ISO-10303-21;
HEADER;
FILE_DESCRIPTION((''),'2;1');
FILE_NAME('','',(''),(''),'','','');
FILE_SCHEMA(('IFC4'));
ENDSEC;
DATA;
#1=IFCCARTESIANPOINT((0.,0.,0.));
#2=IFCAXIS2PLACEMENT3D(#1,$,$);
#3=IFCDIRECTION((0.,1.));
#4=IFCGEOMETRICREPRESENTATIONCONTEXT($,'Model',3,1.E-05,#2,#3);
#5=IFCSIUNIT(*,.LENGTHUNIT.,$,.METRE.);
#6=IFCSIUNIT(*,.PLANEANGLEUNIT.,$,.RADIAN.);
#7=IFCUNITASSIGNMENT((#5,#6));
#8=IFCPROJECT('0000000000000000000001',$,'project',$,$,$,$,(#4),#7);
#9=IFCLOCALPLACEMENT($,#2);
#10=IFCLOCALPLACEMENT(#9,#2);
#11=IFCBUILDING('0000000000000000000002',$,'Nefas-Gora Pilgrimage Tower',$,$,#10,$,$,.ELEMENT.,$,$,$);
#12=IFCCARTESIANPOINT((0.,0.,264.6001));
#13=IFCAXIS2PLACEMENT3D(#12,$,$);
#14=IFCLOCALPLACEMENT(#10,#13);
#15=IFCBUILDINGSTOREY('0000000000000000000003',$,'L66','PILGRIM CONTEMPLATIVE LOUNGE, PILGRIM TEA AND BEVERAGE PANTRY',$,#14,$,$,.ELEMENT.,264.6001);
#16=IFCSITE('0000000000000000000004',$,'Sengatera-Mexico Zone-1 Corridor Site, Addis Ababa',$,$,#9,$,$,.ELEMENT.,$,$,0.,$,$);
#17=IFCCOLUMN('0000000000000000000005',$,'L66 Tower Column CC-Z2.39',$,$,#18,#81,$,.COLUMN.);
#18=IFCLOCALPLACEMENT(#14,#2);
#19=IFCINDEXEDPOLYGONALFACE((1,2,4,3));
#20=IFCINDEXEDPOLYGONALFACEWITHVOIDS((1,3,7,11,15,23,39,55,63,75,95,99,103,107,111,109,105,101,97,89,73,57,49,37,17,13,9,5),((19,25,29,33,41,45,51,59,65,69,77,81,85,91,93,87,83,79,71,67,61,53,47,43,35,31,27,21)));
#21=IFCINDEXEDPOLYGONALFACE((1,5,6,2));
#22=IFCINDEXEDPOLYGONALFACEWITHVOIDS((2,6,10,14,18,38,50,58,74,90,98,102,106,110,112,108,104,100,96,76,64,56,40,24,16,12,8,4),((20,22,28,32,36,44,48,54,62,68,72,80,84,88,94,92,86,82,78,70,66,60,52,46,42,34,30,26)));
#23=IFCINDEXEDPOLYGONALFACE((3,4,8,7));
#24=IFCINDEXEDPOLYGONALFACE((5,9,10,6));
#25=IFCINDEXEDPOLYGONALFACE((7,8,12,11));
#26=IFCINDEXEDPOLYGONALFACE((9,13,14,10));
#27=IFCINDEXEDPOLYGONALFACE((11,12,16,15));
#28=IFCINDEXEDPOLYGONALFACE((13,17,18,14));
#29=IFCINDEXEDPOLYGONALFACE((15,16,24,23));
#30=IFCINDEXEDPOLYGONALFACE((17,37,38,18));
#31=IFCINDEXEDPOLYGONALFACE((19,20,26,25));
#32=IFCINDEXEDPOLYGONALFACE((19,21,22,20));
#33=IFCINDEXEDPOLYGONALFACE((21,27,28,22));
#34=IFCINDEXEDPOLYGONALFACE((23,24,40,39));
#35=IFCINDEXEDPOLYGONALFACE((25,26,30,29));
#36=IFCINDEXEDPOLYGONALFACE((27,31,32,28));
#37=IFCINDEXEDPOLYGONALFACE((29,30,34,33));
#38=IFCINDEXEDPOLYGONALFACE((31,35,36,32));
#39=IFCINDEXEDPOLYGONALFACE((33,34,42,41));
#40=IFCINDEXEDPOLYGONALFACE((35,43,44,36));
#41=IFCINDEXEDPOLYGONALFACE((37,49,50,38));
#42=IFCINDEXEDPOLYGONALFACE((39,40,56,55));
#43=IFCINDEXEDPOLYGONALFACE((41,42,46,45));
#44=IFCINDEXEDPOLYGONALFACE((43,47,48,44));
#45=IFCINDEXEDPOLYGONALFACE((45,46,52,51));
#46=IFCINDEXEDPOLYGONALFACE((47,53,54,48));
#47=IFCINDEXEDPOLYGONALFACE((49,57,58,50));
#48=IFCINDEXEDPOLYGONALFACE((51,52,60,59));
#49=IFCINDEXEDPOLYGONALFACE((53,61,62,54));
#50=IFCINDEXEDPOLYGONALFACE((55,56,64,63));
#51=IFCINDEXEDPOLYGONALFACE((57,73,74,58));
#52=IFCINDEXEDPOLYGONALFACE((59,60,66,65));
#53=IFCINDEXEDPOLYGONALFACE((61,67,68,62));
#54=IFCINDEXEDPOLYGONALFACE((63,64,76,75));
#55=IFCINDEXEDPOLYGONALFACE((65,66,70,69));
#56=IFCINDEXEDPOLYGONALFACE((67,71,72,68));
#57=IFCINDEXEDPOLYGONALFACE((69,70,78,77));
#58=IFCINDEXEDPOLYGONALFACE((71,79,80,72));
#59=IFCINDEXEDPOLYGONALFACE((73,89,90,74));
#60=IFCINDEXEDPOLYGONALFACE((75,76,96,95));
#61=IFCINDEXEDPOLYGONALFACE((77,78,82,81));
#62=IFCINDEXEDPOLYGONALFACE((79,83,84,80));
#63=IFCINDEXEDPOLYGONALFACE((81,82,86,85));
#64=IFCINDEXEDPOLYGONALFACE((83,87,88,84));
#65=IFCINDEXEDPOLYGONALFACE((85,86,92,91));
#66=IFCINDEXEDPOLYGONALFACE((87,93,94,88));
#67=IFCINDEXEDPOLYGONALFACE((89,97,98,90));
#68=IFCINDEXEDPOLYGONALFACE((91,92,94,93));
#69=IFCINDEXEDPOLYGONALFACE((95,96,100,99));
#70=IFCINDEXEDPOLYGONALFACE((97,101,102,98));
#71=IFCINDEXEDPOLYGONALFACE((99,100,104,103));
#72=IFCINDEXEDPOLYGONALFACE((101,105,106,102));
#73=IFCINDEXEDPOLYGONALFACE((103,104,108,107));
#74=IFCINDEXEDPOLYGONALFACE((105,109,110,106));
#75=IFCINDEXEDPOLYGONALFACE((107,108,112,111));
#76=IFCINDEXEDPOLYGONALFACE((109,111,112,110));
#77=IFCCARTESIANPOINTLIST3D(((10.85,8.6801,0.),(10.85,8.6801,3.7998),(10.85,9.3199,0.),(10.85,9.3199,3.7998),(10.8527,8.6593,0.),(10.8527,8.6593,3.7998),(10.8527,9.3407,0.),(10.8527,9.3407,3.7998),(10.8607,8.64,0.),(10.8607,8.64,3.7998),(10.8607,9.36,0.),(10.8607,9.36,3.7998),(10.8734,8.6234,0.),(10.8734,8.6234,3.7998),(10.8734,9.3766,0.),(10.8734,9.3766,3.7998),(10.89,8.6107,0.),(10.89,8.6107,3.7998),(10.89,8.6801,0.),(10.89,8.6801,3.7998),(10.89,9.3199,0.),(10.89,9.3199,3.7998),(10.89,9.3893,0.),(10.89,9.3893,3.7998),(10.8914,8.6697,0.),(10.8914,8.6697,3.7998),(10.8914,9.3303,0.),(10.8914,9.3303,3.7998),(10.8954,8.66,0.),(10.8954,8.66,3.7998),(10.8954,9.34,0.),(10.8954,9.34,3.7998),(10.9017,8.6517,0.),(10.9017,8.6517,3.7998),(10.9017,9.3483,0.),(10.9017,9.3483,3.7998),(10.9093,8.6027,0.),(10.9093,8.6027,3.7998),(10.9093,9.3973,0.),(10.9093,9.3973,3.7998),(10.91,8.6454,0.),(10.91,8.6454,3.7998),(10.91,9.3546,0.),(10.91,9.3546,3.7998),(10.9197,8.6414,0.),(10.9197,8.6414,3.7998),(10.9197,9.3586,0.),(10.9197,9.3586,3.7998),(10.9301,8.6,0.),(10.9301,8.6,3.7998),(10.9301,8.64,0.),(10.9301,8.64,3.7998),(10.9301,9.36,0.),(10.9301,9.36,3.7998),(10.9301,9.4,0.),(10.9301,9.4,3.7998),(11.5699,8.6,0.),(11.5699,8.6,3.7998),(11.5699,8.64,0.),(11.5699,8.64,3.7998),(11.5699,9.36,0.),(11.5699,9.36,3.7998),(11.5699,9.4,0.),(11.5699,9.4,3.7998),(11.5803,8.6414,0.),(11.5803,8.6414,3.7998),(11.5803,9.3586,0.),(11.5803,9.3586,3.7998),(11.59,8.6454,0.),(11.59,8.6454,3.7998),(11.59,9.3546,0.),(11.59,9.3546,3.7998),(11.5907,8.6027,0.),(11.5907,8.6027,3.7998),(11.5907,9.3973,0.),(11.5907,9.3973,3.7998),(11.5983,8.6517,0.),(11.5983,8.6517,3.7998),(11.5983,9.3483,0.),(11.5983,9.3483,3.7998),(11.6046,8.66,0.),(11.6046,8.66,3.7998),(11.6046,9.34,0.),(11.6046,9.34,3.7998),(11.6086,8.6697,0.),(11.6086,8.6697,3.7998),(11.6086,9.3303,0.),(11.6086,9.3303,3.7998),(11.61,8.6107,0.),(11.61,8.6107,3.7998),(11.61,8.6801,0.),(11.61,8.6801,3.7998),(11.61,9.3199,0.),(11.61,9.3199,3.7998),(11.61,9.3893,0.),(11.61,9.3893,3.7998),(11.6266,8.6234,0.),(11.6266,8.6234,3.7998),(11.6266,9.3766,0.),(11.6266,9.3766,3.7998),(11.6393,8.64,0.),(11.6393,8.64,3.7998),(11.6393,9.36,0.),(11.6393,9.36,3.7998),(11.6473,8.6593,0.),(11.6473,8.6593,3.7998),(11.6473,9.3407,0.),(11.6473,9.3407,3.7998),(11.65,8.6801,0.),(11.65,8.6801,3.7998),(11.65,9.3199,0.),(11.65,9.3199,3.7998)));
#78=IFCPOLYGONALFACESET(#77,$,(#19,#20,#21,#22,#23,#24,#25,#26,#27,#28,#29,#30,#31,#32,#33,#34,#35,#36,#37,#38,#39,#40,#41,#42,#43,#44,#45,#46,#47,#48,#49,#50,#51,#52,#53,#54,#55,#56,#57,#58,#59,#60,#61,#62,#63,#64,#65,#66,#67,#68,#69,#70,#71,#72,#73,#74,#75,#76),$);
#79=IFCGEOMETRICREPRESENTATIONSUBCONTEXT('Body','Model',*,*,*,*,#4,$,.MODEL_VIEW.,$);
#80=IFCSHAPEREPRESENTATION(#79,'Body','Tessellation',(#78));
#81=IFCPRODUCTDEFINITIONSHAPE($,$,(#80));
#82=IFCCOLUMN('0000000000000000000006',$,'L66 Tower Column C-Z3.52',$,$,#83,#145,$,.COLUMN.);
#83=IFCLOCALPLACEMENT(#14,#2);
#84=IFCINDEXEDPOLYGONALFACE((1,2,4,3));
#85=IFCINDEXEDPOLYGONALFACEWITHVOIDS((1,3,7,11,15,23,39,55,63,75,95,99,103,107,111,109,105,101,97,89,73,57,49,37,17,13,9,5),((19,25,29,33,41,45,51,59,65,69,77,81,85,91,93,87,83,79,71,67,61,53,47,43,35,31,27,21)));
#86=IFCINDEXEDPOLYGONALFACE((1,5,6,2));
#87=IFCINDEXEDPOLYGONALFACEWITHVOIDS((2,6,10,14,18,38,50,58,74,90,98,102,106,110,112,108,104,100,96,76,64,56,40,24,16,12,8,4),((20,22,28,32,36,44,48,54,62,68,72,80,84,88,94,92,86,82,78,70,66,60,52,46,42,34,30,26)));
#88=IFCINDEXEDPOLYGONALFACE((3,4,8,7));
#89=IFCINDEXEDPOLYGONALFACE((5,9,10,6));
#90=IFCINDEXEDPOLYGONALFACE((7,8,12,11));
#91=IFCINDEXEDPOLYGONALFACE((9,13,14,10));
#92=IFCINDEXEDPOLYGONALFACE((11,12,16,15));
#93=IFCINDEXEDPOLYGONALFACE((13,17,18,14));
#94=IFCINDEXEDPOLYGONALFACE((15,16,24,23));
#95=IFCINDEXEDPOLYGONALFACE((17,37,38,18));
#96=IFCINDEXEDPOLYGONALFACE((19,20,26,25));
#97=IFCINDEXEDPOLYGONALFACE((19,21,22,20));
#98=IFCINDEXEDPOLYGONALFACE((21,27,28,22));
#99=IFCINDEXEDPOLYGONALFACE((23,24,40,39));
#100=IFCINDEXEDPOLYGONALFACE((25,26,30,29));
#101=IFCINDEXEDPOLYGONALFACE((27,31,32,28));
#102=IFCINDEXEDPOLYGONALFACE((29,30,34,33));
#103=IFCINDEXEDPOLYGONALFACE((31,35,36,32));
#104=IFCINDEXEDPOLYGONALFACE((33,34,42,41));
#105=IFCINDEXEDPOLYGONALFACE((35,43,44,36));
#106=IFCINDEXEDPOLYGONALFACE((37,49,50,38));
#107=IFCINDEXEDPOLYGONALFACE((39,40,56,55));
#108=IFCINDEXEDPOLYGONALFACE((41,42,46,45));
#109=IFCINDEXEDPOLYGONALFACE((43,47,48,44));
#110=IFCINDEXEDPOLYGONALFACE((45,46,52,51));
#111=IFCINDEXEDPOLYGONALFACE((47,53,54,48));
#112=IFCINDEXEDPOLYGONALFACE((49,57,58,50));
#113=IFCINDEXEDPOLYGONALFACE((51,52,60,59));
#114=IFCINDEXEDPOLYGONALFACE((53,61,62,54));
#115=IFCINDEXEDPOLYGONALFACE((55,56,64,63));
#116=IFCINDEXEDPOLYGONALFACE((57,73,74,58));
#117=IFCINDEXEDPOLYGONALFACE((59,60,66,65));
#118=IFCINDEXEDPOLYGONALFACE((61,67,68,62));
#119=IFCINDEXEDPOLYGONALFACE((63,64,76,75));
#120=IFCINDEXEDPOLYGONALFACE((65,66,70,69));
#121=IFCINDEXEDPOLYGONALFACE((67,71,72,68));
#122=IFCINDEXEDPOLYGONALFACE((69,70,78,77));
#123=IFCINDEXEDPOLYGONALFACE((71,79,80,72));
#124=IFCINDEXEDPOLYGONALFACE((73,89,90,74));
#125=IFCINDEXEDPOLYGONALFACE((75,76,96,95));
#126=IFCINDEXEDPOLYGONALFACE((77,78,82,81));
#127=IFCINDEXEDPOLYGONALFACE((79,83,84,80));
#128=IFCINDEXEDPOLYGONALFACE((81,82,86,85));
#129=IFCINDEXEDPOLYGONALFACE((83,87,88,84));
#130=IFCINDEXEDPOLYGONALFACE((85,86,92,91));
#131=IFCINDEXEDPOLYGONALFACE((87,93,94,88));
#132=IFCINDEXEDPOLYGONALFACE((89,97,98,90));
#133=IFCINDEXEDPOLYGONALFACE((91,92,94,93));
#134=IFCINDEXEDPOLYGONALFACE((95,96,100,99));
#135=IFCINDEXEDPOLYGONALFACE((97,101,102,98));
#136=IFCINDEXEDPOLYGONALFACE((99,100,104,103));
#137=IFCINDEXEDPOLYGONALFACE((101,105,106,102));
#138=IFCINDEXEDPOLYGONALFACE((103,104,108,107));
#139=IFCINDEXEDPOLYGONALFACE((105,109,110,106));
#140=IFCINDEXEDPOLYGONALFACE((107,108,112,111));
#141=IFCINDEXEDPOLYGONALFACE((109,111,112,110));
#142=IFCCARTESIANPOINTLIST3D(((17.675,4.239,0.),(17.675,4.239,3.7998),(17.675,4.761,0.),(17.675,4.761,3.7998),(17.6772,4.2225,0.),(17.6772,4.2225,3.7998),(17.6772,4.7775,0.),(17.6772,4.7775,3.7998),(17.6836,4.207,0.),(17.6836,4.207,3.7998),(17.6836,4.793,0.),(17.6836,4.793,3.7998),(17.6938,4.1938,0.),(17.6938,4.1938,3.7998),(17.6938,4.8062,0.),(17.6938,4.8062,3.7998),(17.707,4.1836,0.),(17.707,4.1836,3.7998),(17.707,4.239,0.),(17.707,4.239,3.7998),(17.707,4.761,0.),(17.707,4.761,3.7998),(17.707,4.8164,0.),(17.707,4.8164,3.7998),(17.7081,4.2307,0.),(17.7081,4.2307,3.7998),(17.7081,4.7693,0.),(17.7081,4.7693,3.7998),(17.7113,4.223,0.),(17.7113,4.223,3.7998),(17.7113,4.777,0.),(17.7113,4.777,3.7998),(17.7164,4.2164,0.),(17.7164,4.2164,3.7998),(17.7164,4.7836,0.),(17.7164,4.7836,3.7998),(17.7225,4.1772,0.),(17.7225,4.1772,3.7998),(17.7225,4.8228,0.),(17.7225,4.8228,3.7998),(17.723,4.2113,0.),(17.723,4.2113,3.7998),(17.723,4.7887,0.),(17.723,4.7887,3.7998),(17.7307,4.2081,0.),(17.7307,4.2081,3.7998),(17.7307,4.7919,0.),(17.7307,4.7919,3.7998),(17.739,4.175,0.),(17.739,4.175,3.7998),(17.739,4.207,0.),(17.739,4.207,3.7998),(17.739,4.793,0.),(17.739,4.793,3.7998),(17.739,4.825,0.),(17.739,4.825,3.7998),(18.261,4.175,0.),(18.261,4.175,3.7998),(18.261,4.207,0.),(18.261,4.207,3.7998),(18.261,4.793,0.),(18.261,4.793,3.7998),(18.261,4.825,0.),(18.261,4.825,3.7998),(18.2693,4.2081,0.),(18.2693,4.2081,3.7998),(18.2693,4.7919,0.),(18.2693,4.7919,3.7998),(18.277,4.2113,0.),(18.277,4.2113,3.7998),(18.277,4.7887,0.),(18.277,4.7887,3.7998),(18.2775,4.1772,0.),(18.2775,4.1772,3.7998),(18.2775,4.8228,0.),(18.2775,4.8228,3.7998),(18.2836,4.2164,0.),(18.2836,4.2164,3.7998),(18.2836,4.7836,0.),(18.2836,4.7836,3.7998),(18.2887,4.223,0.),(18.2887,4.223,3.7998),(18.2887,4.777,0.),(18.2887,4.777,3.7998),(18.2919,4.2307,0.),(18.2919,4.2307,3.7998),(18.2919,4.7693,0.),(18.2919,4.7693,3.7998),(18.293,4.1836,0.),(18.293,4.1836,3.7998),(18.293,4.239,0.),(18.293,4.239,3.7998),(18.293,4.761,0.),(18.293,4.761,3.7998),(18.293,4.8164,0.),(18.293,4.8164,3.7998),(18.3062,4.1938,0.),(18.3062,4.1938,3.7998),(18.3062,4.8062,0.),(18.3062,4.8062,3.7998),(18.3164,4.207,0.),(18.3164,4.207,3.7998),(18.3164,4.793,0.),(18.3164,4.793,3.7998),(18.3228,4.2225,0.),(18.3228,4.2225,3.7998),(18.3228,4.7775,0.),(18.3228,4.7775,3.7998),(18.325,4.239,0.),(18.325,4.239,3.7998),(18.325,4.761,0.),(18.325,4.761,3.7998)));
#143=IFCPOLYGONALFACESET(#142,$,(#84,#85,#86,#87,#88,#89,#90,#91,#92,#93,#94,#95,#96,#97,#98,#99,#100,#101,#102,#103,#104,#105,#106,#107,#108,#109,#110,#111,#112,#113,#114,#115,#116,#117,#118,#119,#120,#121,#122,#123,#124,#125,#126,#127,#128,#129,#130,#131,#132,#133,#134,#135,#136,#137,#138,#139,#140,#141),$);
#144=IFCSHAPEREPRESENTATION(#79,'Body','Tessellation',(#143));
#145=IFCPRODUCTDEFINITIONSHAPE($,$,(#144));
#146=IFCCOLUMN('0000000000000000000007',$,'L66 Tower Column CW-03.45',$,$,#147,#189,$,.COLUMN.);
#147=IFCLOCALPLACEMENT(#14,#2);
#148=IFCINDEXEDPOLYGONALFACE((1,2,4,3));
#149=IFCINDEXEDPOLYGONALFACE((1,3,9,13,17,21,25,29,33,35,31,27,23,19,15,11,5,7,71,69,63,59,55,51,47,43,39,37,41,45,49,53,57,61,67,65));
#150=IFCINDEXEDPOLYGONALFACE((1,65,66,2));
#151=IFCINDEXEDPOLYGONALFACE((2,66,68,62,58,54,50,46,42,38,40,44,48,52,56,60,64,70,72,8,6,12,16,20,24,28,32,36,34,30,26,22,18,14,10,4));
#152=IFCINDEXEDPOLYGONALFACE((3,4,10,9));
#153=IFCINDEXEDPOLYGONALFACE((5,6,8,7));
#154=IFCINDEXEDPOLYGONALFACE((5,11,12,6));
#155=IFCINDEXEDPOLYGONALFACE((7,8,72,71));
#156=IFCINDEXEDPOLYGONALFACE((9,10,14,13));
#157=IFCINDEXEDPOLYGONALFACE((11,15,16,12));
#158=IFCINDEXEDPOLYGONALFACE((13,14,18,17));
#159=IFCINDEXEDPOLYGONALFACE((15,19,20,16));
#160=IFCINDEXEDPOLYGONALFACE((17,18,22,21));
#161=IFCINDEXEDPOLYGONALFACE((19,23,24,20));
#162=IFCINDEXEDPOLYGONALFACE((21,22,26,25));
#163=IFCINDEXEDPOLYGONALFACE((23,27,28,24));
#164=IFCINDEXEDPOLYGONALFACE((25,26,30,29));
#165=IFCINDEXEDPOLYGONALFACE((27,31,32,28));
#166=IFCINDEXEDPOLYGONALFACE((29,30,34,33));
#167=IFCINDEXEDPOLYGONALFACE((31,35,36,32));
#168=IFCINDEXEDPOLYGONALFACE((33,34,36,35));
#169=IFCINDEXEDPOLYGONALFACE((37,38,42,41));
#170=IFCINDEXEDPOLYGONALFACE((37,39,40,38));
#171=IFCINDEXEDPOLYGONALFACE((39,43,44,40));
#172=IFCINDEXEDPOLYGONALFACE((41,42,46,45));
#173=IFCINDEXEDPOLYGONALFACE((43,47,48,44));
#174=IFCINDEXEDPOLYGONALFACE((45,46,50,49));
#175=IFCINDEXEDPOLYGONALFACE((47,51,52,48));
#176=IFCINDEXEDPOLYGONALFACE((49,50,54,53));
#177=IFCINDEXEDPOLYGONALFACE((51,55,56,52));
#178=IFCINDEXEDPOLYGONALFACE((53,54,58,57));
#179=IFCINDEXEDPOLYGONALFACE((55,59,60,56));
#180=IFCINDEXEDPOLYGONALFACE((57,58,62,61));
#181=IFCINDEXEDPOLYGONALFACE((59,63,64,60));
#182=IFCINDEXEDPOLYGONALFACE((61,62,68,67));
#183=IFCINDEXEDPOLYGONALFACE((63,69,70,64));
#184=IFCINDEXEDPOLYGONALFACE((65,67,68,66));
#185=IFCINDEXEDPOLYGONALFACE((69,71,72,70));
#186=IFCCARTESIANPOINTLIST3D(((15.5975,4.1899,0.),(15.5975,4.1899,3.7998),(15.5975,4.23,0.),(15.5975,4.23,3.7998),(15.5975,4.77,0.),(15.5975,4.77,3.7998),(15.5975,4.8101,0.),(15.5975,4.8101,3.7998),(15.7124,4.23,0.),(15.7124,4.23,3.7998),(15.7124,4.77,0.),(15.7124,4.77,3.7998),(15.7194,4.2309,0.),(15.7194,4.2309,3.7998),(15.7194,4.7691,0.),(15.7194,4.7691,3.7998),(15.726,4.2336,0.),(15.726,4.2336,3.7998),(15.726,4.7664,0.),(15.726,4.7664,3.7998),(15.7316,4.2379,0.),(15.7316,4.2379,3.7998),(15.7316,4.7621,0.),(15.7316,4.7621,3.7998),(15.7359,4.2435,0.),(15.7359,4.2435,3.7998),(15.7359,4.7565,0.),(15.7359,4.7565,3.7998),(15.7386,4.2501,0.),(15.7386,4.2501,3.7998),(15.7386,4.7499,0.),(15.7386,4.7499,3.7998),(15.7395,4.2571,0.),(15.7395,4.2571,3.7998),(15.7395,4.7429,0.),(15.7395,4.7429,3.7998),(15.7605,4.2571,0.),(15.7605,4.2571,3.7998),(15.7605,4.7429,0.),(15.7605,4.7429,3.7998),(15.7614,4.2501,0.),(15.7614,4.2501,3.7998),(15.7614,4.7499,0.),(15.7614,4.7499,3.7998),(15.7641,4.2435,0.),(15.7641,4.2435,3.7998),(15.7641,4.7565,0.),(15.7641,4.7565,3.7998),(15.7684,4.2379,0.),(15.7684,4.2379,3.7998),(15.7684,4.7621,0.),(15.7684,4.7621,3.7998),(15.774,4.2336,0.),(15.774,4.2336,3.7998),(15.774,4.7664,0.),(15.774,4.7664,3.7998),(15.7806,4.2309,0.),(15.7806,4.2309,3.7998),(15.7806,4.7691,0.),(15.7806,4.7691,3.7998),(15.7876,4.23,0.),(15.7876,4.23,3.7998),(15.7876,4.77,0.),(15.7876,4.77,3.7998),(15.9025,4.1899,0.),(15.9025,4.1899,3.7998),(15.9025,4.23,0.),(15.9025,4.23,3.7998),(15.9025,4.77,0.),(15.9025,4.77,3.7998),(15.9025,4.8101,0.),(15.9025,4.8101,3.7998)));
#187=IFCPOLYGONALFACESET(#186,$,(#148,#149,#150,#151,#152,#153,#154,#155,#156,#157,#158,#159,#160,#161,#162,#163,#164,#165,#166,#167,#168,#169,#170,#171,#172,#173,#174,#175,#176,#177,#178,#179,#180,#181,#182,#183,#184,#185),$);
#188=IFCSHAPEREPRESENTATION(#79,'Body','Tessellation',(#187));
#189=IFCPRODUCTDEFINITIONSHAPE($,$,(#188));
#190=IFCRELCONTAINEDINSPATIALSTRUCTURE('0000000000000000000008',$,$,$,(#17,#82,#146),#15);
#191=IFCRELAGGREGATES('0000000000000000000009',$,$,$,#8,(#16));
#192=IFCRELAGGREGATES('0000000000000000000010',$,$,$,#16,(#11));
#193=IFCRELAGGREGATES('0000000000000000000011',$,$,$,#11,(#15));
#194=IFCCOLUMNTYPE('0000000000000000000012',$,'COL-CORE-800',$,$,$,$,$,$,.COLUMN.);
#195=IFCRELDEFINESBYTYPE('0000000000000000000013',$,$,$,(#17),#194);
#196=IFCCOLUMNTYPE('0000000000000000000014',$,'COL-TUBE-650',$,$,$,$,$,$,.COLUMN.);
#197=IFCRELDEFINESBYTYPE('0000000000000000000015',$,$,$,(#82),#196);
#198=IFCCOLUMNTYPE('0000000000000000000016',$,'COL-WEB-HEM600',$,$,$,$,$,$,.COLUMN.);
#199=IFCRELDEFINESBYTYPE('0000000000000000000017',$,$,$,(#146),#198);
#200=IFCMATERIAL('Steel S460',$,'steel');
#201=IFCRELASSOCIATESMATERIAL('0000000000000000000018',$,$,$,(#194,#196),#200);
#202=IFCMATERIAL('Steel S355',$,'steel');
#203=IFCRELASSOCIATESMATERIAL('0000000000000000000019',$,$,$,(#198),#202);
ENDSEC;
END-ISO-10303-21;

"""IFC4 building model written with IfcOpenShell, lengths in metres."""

from ifc_helpers import new_model, si_unit, direction, frame, origin, origin_2d, place, context, subcontext, project, spatial, hollow_rectangle, i_section, extrude, source, transform, mapped, material, material_profile, profile_set, type_object, element, save


model = new_model("IFC4")

# Units and contexts
model_context = context("Model", 3, precision=1e-05, world=origin(), true_north=direction((0.0, 1.0)))
body_context = subcontext(model_context, "Body", "Model", "MODEL_VIEW")
ifc_project = project(units=[si_unit("LENGTHUNIT", "METRE"), si_unit("PLANEANGLEUNIT", "RADIAN")], contexts=[model_context])

# Site, building, storey
site_placement = place(None, origin())
site = spatial("IfcSite", under=ifc_project, at=site_placement, Name="Sengatera-Mexico Zone-1 Corridor Site, Addis Ababa", CompositionType="ELEMENT", RefElevation=0.0)
building_placement = place(site_placement, origin())
building = spatial("IfcBuilding", under=site, at=building_placement, Name="Nefas-Gora Pilgrimage Tower", CompositionType="ELEMENT")
storey_placement = place(building_placement, frame((0.0, 0.0, 264.6001)))
storey = spatial("IfcBuildingStorey", under=building, at=storey_placement, Name="L66", Description="PILGRIM CONTEMPLATIVE LOUNGE, PILGRIM TEA AND BEVERAGE PANTRY", CompositionType="ELEMENT", Elevation=264.6001)

# Columns
ifc_material_1 = material(Name="Steel S460", Category="steel")
ifc_material_profile_1 = material_profile(ifc_material_1, hollow_rectangle(XDim=0.8, YDim=0.8, WallThickness=0.04, InnerFilletRadius=0.04, OuterFilletRadius=0.0801, at=origin_2d()), Name="BOX 800x800x40")
ifc_profile_set_1 = profile_set([ifc_material_profile_1], Name="Steel S460")
column_type_1 = type_object("IfcColumnType", Name="COL-CORE-800", PredefinedType="COLUMN", material=ifc_profile_set_1)
shared_shape_1 = source(origin(), body_context, "Body", "SweptSolid", [
    extrude(hollow_rectangle(XDim=0.8, YDim=0.8, WallThickness=0.04, InnerFilletRadius=0.04, OuterFilletRadius=0.0801, at=origin_2d()), origin(), (0.0, 0.0, 1.0), 3.7998),
])
column_1_placement = place(storey_placement, frame((11.25, 9.0, 0.0), z_axis=(0.0, 0.0, 1.0), x_axis=(1.0, 0.0, 0.0)))
element("IfcColumn", 1, at=column_1_placement, inside=storey, type_object=column_type_1, Name="L66 Tower Column CC-Z2.39", PredefinedType="COLUMN", context=body_context, shape_type="MappedRepresentation", body=[
    mapped(shared_shape_1, transform((0.0, 0.0, 0.0), x_axis=(1.0, 0.0, 0.0), y_axis=(0.0, 1.0, 0.0), z_axis=(0.0, 0.0, 1.0), scale=1.0)),
])
ifc_material_profile_2 = material_profile(ifc_material_1, hollow_rectangle(XDim=0.6499, YDim=0.6499, WallThickness=0.032, InnerFilletRadius=0.032, OuterFilletRadius=0.064, at=origin_2d()), Name="BOX 650x650x32")
ifc_profile_set_2 = profile_set([ifc_material_profile_2], Name="Steel S460")
column_type_2 = type_object("IfcColumnType", Name="COL-TUBE-650", PredefinedType="COLUMN", material=ifc_profile_set_2)
shared_shape_2 = source(origin(), body_context, "Body", "SweptSolid", [
    extrude(hollow_rectangle(XDim=0.6499, YDim=0.6499, WallThickness=0.032, InnerFilletRadius=0.032, OuterFilletRadius=0.064, at=origin_2d()), origin(), (0.0, 0.0, 1.0), 3.7998),
])
column_2_placement = place(storey_placement, frame((18.0, 4.5, 0.0), z_axis=(0.0, 0.0, 1.0), x_axis=(1.0, 0.0, 0.0)))
element("IfcColumn", 2, at=column_2_placement, inside=storey, type_object=column_type_2, Name="L66 Tower Column C-Z3.52", PredefinedType="COLUMN", context=body_context, shape_type="MappedRepresentation", body=[
    mapped(shared_shape_2, transform((0.0, 0.0, 0.0), x_axis=(1.0, 0.0, 0.0), y_axis=(0.0, 1.0, 0.0), z_axis=(0.0, 0.0, 1.0), scale=1.0)),
])
ifc_material_2 = material(Name="Steel S355", Category="steel")
ifc_material_profile_3 = material_profile(ifc_material_2, i_section(OverallWidth=0.3049, OverallDepth=0.6201, WebThickness=0.021, FlangeThickness=0.04, FilletRadius=0.0271, at=origin_2d()), Name="HEM 600")
ifc_profile_set_3 = profile_set([ifc_material_profile_3], Name="Steel S355")
column_type_3 = type_object("IfcColumnType", Name="COL-WEB-HEM600", PredefinedType="COLUMN", material=ifc_profile_set_3)
shared_shape_3 = source(origin(), body_context, "Body", "SweptSolid", [
    extrude(i_section(OverallWidth=0.3049, OverallDepth=0.6201, WebThickness=0.021, FlangeThickness=0.04, FilletRadius=0.0271, at=origin_2d()), origin(), (0.0, 0.0, 1.0), 3.7998),
])
for number, where, z_axis, x_axis, name in (
    (3, (15.75, 4.5, 0.0), (0.0, 0.0, 1.0), (1.0, 0.0, 0.0), "L66 Tower Column CW-03.45"),
):
    element("IfcColumn", number, at=place(storey_placement, frame(where, z_axis=z_axis, x_axis=x_axis)), inside=storey, type_object=column_type_3, Name=name, PredefinedType="COLUMN", context=body_context, shape_type="MappedRepresentation", body=[
        mapped(shared_shape_3, transform((0.0, 0.0, 0.0), x_axis=(1.0, 0.0, 0.0), y_axis=(0.0, 1.0, 0.0), z_axis=(0.0, 0.0, 1.0), scale=1.0)),
    ])

save(model, "model.ifc")
